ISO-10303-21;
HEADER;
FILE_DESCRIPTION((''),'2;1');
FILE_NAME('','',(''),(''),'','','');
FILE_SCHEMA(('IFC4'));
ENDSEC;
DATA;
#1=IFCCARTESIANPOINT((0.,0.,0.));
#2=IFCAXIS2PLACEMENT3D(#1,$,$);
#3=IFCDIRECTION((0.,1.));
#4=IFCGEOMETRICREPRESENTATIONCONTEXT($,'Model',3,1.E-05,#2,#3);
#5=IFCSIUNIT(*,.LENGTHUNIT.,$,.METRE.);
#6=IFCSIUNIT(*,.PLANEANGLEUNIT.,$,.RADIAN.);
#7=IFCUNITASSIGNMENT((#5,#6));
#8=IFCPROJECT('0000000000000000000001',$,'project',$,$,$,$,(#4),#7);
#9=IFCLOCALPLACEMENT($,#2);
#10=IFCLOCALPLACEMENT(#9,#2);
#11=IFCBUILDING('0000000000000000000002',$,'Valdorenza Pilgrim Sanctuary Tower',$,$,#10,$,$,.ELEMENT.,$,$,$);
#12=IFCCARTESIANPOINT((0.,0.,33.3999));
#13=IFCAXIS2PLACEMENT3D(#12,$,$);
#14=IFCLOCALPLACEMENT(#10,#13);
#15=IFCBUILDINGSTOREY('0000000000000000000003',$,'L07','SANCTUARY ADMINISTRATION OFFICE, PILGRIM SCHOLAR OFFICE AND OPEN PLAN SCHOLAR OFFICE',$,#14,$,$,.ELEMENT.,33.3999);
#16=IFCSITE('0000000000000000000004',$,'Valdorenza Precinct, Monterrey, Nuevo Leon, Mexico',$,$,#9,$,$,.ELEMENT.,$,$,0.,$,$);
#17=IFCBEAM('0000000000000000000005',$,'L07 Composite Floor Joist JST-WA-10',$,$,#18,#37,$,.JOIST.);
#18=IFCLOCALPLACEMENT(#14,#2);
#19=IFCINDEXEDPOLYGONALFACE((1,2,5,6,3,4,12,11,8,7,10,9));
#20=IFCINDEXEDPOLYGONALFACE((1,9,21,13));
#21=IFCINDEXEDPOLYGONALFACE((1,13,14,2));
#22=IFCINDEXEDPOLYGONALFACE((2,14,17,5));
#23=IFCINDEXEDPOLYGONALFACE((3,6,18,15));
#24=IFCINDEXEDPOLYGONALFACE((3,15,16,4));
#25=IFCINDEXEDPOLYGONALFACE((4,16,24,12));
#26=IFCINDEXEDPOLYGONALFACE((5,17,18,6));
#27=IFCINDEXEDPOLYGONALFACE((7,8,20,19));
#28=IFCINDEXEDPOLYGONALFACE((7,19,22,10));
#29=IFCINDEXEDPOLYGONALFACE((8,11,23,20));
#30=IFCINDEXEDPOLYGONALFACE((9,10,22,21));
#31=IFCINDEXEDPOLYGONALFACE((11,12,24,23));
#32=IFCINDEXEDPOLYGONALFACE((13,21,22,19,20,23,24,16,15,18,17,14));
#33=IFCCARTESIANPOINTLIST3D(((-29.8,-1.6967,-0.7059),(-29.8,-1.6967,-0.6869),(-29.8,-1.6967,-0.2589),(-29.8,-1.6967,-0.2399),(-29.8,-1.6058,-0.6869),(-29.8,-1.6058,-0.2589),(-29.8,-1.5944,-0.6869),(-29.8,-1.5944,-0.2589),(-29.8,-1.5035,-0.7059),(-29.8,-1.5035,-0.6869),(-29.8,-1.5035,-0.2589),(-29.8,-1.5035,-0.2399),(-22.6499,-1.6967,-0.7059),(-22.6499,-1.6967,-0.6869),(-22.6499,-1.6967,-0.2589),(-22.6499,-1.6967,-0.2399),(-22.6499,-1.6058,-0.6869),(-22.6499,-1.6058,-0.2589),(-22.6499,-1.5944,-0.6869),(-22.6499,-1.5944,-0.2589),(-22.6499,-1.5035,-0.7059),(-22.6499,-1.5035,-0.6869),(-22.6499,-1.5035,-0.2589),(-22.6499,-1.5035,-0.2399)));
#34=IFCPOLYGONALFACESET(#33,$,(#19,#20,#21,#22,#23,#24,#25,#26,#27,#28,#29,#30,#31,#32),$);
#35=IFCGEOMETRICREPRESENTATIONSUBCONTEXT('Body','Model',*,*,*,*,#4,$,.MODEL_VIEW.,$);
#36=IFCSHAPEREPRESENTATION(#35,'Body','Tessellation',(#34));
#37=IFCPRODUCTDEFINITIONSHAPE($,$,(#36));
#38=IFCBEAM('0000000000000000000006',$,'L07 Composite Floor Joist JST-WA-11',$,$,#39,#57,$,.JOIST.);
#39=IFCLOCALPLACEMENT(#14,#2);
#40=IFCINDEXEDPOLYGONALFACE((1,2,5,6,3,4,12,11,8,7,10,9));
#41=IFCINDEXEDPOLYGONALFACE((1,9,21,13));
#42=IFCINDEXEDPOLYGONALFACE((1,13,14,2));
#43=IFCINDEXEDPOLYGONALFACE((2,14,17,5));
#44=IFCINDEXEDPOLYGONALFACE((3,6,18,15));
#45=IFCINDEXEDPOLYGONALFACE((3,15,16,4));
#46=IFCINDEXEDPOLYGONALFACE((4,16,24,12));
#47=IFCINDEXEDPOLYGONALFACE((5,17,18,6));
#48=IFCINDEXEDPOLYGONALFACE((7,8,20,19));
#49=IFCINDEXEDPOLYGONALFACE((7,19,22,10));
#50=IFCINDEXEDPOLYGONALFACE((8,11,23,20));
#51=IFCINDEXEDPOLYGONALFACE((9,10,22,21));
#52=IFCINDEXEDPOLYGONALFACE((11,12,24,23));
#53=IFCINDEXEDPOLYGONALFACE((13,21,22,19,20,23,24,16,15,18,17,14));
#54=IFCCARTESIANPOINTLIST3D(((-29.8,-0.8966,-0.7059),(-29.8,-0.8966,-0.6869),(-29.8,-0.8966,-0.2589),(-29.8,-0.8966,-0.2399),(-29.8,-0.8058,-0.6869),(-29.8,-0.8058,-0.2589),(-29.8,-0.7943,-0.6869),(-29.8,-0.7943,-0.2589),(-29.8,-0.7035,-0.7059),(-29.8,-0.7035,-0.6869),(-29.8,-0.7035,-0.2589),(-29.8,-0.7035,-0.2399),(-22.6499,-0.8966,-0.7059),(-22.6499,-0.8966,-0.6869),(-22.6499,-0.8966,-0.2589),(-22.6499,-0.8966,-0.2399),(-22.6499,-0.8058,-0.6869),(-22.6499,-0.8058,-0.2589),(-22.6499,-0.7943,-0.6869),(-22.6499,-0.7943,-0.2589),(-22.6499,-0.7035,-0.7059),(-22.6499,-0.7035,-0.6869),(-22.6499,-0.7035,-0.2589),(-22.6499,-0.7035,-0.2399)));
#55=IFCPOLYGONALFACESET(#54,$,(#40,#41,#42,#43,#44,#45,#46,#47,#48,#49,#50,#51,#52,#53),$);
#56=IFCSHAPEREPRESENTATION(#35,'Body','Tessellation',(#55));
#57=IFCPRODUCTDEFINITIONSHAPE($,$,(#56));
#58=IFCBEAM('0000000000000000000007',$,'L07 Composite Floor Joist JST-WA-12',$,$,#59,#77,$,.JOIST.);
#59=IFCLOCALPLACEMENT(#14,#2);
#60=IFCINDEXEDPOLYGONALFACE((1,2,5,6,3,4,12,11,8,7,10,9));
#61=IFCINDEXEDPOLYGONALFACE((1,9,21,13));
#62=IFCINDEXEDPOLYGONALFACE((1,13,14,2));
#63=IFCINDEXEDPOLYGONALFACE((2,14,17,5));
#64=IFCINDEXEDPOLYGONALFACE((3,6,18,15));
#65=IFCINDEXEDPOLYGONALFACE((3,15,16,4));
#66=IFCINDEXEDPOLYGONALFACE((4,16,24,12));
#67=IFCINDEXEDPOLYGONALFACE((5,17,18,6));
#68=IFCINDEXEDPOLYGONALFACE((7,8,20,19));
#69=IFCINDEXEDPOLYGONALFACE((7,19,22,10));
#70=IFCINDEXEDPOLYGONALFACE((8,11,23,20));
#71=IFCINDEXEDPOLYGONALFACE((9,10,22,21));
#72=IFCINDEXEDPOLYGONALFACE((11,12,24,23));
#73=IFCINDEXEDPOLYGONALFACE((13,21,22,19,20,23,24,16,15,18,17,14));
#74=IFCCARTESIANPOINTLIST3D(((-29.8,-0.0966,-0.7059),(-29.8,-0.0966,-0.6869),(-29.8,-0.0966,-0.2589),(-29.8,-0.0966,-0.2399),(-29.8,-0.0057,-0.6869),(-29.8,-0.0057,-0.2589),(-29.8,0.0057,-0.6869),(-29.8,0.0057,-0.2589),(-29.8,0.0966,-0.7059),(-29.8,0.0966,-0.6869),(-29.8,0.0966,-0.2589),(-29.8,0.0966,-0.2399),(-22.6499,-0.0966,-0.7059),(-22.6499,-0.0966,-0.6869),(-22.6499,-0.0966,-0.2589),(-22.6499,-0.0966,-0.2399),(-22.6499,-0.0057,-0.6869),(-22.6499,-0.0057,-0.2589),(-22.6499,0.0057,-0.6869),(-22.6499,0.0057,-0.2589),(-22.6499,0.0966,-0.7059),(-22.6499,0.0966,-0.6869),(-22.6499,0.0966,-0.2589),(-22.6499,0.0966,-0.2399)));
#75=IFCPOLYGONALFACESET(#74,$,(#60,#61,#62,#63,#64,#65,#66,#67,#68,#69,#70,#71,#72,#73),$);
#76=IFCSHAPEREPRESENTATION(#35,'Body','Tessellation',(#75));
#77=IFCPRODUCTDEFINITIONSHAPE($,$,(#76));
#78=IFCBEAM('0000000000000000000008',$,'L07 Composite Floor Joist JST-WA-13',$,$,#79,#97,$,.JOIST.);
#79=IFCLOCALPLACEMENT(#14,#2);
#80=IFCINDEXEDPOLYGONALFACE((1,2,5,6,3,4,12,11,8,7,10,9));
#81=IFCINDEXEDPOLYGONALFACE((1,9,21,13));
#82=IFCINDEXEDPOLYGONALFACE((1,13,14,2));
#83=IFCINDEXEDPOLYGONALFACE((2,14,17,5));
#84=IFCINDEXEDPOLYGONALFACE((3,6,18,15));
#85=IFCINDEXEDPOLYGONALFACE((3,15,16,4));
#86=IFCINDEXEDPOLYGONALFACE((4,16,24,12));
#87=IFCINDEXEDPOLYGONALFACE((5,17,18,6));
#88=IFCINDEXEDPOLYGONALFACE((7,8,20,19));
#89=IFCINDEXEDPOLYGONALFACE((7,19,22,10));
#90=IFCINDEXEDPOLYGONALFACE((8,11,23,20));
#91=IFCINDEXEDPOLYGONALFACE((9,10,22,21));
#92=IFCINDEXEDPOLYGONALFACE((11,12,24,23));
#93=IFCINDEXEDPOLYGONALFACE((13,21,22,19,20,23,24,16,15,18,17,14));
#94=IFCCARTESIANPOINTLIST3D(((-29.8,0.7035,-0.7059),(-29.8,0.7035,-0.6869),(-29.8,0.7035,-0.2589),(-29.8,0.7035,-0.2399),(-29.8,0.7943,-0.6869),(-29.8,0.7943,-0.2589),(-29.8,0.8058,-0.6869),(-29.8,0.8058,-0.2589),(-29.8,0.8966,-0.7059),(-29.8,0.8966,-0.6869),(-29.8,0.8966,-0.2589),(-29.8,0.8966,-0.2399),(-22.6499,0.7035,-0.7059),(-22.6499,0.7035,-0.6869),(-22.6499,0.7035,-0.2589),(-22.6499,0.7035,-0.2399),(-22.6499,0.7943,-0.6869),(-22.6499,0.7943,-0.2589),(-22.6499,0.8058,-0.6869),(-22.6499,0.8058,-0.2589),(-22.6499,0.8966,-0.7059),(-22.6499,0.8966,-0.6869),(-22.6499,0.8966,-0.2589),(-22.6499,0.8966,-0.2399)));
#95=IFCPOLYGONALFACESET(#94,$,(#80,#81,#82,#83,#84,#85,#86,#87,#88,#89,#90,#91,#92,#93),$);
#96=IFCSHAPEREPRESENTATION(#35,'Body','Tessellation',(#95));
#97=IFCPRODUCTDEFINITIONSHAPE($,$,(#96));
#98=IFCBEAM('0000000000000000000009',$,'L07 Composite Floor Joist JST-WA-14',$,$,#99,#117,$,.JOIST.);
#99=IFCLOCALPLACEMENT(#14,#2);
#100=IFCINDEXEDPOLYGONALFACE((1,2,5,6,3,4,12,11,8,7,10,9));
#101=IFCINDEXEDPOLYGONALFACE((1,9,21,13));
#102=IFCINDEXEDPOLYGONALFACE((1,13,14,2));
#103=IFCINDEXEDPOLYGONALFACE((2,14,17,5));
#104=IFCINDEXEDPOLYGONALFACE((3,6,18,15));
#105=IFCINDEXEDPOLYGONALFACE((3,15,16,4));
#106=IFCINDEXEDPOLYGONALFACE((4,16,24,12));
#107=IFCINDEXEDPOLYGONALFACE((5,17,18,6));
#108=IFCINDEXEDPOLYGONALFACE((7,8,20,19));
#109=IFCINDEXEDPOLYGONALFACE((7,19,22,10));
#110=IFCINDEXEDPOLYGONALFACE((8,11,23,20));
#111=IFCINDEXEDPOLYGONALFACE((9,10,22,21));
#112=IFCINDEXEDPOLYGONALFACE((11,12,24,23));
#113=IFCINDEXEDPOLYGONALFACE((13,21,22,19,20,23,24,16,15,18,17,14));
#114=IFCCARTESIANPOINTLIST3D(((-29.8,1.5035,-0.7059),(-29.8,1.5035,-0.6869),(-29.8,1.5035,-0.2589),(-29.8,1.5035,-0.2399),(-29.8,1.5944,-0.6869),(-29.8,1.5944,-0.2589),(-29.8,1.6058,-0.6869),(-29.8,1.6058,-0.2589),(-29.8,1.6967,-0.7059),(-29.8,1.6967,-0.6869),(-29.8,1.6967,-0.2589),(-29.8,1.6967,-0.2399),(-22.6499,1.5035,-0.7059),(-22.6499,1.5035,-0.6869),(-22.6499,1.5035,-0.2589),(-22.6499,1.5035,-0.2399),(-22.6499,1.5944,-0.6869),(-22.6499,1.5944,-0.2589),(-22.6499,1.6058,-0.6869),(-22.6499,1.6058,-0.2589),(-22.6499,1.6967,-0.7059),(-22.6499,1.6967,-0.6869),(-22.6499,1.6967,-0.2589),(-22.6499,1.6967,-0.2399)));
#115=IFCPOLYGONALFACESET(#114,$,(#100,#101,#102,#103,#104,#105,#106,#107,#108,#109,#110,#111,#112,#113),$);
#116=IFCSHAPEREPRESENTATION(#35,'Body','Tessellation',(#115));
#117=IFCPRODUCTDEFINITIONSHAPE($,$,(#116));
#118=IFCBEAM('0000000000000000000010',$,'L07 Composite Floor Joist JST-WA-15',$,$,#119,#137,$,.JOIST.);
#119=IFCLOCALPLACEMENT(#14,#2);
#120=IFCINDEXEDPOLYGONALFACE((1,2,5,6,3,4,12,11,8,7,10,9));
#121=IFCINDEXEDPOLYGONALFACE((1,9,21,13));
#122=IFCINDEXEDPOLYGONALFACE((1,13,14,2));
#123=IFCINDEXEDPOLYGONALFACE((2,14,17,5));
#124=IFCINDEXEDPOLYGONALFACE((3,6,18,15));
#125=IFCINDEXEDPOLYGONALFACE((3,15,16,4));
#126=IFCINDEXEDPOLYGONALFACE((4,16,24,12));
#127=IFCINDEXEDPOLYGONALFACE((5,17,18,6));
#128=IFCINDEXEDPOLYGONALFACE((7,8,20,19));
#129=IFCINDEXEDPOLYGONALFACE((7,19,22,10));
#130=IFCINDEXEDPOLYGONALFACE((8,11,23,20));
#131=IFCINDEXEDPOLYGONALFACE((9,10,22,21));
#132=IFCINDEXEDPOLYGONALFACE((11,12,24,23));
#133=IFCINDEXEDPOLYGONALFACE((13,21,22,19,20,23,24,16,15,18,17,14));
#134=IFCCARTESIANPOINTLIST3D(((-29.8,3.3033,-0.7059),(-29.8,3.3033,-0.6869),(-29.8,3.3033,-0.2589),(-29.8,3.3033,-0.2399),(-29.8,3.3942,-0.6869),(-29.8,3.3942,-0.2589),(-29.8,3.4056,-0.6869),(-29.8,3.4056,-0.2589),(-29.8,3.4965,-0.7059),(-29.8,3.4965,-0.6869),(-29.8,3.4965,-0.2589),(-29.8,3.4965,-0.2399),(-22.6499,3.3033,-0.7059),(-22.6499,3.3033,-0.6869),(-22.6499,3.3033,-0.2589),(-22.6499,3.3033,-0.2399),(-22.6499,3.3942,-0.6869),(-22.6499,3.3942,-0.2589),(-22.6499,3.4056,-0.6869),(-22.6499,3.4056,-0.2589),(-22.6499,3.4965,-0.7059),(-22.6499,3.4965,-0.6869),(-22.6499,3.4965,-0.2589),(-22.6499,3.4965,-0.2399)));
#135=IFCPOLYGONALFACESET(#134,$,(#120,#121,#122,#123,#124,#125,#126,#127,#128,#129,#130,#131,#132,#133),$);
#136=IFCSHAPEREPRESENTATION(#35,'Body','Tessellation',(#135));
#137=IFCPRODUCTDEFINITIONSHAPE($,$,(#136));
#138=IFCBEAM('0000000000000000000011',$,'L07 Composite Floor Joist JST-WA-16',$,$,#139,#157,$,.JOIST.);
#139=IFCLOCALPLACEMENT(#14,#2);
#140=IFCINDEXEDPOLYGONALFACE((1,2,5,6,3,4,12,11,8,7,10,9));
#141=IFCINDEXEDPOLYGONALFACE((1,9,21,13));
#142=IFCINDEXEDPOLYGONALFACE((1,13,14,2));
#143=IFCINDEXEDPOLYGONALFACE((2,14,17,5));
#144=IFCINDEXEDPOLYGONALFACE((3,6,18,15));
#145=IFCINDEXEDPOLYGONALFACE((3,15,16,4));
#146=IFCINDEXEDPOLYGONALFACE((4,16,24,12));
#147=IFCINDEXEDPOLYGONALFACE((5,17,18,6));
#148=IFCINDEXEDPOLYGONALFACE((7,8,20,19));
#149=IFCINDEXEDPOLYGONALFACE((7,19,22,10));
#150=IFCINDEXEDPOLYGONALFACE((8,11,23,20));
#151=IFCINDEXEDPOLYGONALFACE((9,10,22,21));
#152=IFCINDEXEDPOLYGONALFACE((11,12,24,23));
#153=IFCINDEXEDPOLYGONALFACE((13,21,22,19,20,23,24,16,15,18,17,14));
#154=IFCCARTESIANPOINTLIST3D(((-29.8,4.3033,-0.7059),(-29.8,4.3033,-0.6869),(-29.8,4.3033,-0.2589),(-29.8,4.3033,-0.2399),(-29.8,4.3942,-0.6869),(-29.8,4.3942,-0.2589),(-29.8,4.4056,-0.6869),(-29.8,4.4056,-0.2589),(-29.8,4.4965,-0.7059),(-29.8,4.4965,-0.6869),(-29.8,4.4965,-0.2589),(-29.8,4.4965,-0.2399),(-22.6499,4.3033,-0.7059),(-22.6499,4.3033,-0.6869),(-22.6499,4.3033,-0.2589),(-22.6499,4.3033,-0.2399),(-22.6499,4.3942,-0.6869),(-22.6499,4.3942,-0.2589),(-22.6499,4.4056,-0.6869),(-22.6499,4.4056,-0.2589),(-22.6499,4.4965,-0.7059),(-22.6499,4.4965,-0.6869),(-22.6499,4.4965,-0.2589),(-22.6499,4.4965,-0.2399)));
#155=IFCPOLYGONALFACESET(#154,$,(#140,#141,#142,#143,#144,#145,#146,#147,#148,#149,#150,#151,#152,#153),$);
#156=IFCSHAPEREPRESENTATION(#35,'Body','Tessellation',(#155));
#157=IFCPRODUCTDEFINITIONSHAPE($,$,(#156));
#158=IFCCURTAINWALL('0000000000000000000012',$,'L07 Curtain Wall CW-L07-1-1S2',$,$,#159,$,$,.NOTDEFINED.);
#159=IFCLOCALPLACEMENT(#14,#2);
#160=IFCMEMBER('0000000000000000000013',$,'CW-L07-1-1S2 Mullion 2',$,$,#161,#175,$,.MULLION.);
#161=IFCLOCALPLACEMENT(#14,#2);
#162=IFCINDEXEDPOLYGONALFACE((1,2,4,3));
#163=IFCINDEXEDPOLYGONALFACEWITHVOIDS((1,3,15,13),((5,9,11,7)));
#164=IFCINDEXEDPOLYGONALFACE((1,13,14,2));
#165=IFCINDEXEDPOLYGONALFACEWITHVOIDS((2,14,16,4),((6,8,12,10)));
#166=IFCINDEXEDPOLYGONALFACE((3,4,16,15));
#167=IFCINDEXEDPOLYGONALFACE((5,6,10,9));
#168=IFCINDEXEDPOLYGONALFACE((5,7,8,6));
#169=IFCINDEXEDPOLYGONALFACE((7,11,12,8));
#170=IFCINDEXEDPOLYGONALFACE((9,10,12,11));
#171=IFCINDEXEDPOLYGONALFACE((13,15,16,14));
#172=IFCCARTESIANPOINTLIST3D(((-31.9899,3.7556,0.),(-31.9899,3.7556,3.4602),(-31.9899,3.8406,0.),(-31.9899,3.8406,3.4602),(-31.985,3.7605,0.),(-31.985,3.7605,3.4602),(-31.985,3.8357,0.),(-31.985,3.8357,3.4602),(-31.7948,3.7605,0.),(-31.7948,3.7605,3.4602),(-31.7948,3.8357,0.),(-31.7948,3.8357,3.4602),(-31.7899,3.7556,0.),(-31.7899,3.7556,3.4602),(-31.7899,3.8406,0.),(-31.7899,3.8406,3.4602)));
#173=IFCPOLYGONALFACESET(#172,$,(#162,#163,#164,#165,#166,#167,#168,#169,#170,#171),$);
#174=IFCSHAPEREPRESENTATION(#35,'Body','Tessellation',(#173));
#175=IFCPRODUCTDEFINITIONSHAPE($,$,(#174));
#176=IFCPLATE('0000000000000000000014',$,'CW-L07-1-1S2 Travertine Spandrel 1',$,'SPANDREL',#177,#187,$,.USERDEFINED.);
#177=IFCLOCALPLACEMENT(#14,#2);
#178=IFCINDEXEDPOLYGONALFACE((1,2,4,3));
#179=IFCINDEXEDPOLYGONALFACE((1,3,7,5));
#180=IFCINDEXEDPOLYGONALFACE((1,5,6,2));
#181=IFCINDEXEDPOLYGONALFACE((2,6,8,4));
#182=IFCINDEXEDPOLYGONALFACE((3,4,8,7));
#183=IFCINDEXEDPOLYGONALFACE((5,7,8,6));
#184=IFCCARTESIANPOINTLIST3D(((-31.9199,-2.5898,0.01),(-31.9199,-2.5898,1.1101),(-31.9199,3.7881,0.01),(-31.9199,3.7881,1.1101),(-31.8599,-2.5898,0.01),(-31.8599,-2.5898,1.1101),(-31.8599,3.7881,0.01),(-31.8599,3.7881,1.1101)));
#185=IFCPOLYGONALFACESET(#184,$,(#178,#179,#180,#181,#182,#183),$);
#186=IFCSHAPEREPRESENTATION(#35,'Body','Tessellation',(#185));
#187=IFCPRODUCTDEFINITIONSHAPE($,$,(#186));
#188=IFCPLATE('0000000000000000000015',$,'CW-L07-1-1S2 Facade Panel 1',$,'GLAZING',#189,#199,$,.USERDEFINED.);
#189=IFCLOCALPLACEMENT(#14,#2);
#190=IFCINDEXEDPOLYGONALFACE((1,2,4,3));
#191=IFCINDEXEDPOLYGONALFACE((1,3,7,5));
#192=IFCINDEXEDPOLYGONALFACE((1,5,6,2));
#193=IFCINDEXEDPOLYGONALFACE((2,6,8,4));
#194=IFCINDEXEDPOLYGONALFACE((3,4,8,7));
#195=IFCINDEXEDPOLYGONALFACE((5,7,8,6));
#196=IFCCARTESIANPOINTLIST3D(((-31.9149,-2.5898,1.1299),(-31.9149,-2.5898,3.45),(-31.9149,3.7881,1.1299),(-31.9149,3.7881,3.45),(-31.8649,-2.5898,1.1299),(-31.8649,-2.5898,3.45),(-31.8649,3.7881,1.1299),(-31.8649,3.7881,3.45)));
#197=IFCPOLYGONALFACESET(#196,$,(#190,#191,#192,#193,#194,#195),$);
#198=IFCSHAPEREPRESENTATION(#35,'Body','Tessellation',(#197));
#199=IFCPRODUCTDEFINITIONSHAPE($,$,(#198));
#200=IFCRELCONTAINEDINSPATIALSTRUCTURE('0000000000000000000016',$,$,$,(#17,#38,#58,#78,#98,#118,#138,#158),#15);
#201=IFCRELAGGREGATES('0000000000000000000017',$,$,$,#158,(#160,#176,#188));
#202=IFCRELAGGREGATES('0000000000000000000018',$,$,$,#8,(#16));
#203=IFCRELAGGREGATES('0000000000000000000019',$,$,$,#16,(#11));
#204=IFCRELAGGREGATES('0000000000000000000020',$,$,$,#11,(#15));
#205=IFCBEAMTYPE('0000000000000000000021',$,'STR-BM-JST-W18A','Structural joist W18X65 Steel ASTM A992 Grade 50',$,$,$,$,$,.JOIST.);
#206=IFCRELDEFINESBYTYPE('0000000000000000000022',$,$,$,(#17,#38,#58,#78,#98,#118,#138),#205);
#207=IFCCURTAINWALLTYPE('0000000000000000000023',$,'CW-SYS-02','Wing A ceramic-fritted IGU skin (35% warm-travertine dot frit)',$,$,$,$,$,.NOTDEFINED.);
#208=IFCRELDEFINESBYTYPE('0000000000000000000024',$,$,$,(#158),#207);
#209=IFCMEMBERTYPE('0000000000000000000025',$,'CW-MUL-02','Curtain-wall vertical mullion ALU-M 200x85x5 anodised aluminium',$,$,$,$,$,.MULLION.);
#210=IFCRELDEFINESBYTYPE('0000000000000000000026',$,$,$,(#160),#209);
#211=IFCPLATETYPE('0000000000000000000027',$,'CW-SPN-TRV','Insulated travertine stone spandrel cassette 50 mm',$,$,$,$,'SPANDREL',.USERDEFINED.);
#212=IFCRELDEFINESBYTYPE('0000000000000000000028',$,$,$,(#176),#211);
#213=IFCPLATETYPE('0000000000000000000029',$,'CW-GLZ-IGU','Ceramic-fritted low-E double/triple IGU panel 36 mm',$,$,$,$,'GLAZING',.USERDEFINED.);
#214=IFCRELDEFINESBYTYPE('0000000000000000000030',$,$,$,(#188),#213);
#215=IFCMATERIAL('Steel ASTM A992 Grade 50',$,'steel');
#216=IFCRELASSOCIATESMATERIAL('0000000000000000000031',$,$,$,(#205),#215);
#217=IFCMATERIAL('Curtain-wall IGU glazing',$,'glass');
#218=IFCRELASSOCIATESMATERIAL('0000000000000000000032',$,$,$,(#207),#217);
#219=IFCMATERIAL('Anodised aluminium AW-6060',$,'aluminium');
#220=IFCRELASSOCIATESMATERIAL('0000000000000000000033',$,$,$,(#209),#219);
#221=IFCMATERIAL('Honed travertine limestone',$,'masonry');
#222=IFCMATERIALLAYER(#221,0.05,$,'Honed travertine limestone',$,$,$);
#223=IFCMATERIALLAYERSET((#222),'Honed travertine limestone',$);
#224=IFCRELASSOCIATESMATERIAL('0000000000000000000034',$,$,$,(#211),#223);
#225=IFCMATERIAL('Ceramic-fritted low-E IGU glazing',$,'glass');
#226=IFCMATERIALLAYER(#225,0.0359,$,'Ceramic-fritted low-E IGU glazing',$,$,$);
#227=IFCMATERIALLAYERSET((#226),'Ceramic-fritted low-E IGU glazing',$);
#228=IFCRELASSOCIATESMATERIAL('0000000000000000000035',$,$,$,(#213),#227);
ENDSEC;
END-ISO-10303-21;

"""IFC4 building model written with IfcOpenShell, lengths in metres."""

from ifc_helpers import new_model, si_unit, direction, frame, origin, origin_2d, place, context, subcontext, project, spatial, rectangle, hollow_rectangle, i_section, extrude, source, transform, mapped, material, layer, layer_set, material_profile, profile_set, type_object, element, aggregate, save


model = new_model("IFC4")

# Units and contexts
model_context = context("Model", 3, precision=1e-05, world=origin(), true_north=direction((0.0, 1.0)))
body_context = subcontext(model_context, "Body", "Model", "MODEL_VIEW")
ifc_project = project(units=[si_unit("LENGTHUNIT", "METRE"), si_unit("PLANEANGLEUNIT", "RADIAN")], contexts=[model_context])

# Site, building, storey
site_placement = place(None, origin())
site = spatial("IfcSite", under=ifc_project, at=site_placement, Name="Valdorenza Precinct, Monterrey, Nuevo Leon, Mexico", CompositionType="ELEMENT", RefElevation=0.0)
building_placement = place(site_placement, origin())
building = spatial("IfcBuilding", under=site, at=building_placement, Name="Valdorenza Pilgrim Sanctuary Tower", CompositionType="ELEMENT")
storey_placement = place(building_placement, frame((0.0, 0.0, 33.3999)))
storey = spatial("IfcBuildingStorey", under=building, at=storey_placement, Name="L07", Description="SANCTUARY ADMINISTRATION OFFICE, PILGRIM SCHOLAR OFFICE AND OPEN PLAN SCHOLAR OFFICE", CompositionType="ELEMENT", Elevation=33.3999)

# Beams
ifc_material_1 = material(Name="Steel ASTM A992 Grade 50", Category="steel")
ifc_material_profile_1 = material_profile(ifc_material_1, i_section(OverallWidth=0.1931, OverallDepth=0.4661, WebThickness=0.0115, FlangeThickness=0.019, at=origin_2d()), Name="W18X65")
ifc_profile_set_1 = profile_set([ifc_material_profile_1], Name="Steel ASTM A992 Grade 50")
beam_type = type_object("IfcBeamType", Name="STR-BM-JST-W18A", Description="Structural joist W18X65 Steel ASTM A992 Grade 50", PredefinedType="JOIST", material=ifc_profile_set_1)
shared_shape_1 = source(origin(), body_context, "Body", "SweptSolid", [
    extrude(i_section(OverallWidth=0.1931, OverallDepth=0.4661, WebThickness=0.0115, FlangeThickness=0.019, at=origin_2d()), origin(), (0.0, 0.0, 1.0), 7.1501),
])
for number, where, z_axis, x_axis, name in (
    (1, (-29.8, -1.6001, -0.4729), (1.0, 0.0, 0.0), (0.0, 1.0, 0.0), "L07 Composite Floor Joist JST-WA-10"),
    (2, (-29.8, -0.8, -0.4729), (1.0, 0.0, 0.0), (0.0, 1.0, 0.0), "L07 Composite Floor Joist JST-WA-11"),
    (3, (-29.8, 0.0, -0.4729), (1.0, 0.0, 0.0), (0.0, 1.0, 0.0), "L07 Composite Floor Joist JST-WA-12"),
    (4, (-29.8, 0.8, -0.4729), (1.0, 0.0, 0.0), (0.0, 1.0, 0.0), "L07 Composite Floor Joist JST-WA-13"),
    (5, (-29.8, 1.6001, -0.4729), (1.0, 0.0, 0.0), (0.0, 1.0, 0.0), "L07 Composite Floor Joist JST-WA-14"),
    (6, (-29.8, 3.3999, -0.4729), (1.0, 0.0, 0.0), (0.0, 1.0, 0.0), "L07 Composite Floor Joist JST-WA-15"),
    (7, (-29.8, 4.3999, -0.4729), (1.0, 0.0, 0.0), (0.0, 1.0, 0.0), "L07 Composite Floor Joist JST-WA-16"),
):
    element("IfcBeam", number, at=place(storey_placement, frame(where, z_axis=z_axis, x_axis=x_axis)), inside=storey, type_object=beam_type, Name=name, PredefinedType="JOIST", context=body_context, shape_type="MappedRepresentation", body=[
        mapped(shared_shape_1, transform((0.0, 0.0, 0.0), x_axis=(1.0, 0.0, 0.0), y_axis=(0.0, 1.0, 0.0), z_axis=(0.0, 0.0, 1.0), scale=1.0)),
    ])

# Curtain wall, member, plates
ifc_material_2 = material(Name="Curtain-wall IGU glazing", Category="glass")
curtain_wall_type = type_object("IfcCurtainWallType", Name="CW-SYS-02", Description="Wing A ceramic-fritted IGU skin (35% warm-travertine dot frit)", PredefinedType="NOTDEFINED", material=ifc_material_2)
curtain_wall_placement = place(storey_placement, origin())
curtain_wall = element("IfcCurtainWall", 8, at=curtain_wall_placement, inside=storey, type_object=curtain_wall_type, Name="L07 Curtain Wall CW-L07-1-1S2", PredefinedType="NOTDEFINED")
ifc_material_3 = material(Name="Anodised aluminium AW-6060", Category="aluminium")
ifc_material_profile_2 = material_profile(ifc_material_3, hollow_rectangle(XDim=0.085, YDim=0.2, WallThickness=0.0049, at=origin_2d()), Name="ALU-M 200x85x5")
ifc_profile_set_2 = profile_set([ifc_material_profile_2], Name="Anodised aluminium AW-6060")
member_type = type_object("IfcMemberType", Name="CW-MUL-02", Description="Curtain-wall vertical mullion ALU-M 200x85x5 anodised aluminium", PredefinedType="MULLION", material=ifc_profile_set_2)
shared_shape_2 = source(origin(), body_context, "Body", "SweptSolid", [
    extrude(hollow_rectangle(XDim=0.085, YDim=0.2, WallThickness=0.0049, at=origin_2d()), origin(), (0.0, 0.0, 1.0), 3.4602),
])
member_placement = place(storey_placement, frame((-31.8899, 3.7981, 0.0), z_axis=(0.0, 0.0, 1.0), x_axis=(0.0, 1.0, 0.0)))
member = element("IfcMember", 9, at=member_placement, type_object=member_type, Name="CW-L07-1-1S2 Mullion 2", PredefinedType="MULLION", context=body_context, shape_type="MappedRepresentation", body=[
    mapped(shared_shape_2, transform((0.0, 0.0, 0.0), x_axis=(1.0, 0.0, 0.0), y_axis=(0.0, 1.0, 0.0), z_axis=(0.0, 0.0, 1.0), scale=1.0)),
])
ifc_material_4 = material(Name="Honed travertine limestone", Category="masonry")
ifc_layer_1 = layer(ifc_material_4, 0.05, Name="Honed travertine limestone")
ifc_layer_set_1 = layer_set([ifc_layer_1], Name="Honed travertine limestone")
plate_type_1 = type_object("IfcPlateType", Name="CW-SPN-TRV", Description="Insulated travertine stone spandrel cassette 50 mm", ElementType="SPANDREL", PredefinedType="USERDEFINED", material=ifc_layer_set_1)
shared_shape_3 = source(origin(), body_context, "Body", "SweptSolid", [
    extrude(rectangle(XDim=6.3779, YDim=0.0601, at=origin_2d()), origin(), (0.0, 0.0, 1.0), 1.1001),
])
plate_1_placement = place(storey_placement, frame((-31.8899, 0.5991, 0.01), z_axis=(0.0, 0.0, 1.0), x_axis=(0.0, 1.0, 0.0)))
plate_1 = element("IfcPlate", 10, at=plate_1_placement, type_object=plate_type_1, Name="CW-L07-1-1S2 Travertine Spandrel 1", ObjectType="SPANDREL", PredefinedType="USERDEFINED", context=body_context, shape_type="MappedRepresentation", body=[
    mapped(shared_shape_3, transform((0.0, 0.0, 0.0), x_axis=(1.0, 0.0, 0.0), y_axis=(0.0, 1.0, 0.0), z_axis=(0.0, 0.0, 1.0), scale=1.0)),
])
ifc_material_5 = material(Name="Ceramic-fritted low-E IGU glazing", Category="glass")
ifc_layer_2 = layer(ifc_material_5, 0.0359, Name="Ceramic-fritted low-E IGU glazing")
ifc_layer_set_2 = layer_set([ifc_layer_2], Name="Ceramic-fritted low-E IGU glazing")
plate_type_2 = type_object("IfcPlateType", Name="CW-GLZ-IGU", Description="Ceramic-fritted low-E double/triple IGU panel 36 mm", ElementType="GLAZING", PredefinedType="USERDEFINED", material=ifc_layer_set_2)
shared_shape_4 = source(origin(), body_context, "Body", "SweptSolid", [
    extrude(rectangle(XDim=6.3779, YDim=0.05, at=origin_2d()), origin(), (0.0, 0.0, 1.0), 2.3201),
])
plate_2_placement = place(storey_placement, frame((-31.8899, 0.5991, 1.1299), z_axis=(0.0, 0.0, 1.0), x_axis=(0.0, 1.0, 0.0)))
plate_2 = element("IfcPlate", 11, at=plate_2_placement, type_object=plate_type_2, Name="CW-L07-1-1S2 Facade Panel 1", ObjectType="GLAZING", PredefinedType="USERDEFINED", context=body_context, shape_type="MappedRepresentation", body=[
    mapped(shared_shape_4, transform((0.0, 0.0, 0.0), x_axis=(1.0, 0.0, 0.0), y_axis=(0.0, 1.0, 0.0), z_axis=(0.0, 0.0, 1.0), scale=1.0)),
])
aggregate(curtain_wall, [member, plate_1, plate_2])

save(model, "model.ifc")
